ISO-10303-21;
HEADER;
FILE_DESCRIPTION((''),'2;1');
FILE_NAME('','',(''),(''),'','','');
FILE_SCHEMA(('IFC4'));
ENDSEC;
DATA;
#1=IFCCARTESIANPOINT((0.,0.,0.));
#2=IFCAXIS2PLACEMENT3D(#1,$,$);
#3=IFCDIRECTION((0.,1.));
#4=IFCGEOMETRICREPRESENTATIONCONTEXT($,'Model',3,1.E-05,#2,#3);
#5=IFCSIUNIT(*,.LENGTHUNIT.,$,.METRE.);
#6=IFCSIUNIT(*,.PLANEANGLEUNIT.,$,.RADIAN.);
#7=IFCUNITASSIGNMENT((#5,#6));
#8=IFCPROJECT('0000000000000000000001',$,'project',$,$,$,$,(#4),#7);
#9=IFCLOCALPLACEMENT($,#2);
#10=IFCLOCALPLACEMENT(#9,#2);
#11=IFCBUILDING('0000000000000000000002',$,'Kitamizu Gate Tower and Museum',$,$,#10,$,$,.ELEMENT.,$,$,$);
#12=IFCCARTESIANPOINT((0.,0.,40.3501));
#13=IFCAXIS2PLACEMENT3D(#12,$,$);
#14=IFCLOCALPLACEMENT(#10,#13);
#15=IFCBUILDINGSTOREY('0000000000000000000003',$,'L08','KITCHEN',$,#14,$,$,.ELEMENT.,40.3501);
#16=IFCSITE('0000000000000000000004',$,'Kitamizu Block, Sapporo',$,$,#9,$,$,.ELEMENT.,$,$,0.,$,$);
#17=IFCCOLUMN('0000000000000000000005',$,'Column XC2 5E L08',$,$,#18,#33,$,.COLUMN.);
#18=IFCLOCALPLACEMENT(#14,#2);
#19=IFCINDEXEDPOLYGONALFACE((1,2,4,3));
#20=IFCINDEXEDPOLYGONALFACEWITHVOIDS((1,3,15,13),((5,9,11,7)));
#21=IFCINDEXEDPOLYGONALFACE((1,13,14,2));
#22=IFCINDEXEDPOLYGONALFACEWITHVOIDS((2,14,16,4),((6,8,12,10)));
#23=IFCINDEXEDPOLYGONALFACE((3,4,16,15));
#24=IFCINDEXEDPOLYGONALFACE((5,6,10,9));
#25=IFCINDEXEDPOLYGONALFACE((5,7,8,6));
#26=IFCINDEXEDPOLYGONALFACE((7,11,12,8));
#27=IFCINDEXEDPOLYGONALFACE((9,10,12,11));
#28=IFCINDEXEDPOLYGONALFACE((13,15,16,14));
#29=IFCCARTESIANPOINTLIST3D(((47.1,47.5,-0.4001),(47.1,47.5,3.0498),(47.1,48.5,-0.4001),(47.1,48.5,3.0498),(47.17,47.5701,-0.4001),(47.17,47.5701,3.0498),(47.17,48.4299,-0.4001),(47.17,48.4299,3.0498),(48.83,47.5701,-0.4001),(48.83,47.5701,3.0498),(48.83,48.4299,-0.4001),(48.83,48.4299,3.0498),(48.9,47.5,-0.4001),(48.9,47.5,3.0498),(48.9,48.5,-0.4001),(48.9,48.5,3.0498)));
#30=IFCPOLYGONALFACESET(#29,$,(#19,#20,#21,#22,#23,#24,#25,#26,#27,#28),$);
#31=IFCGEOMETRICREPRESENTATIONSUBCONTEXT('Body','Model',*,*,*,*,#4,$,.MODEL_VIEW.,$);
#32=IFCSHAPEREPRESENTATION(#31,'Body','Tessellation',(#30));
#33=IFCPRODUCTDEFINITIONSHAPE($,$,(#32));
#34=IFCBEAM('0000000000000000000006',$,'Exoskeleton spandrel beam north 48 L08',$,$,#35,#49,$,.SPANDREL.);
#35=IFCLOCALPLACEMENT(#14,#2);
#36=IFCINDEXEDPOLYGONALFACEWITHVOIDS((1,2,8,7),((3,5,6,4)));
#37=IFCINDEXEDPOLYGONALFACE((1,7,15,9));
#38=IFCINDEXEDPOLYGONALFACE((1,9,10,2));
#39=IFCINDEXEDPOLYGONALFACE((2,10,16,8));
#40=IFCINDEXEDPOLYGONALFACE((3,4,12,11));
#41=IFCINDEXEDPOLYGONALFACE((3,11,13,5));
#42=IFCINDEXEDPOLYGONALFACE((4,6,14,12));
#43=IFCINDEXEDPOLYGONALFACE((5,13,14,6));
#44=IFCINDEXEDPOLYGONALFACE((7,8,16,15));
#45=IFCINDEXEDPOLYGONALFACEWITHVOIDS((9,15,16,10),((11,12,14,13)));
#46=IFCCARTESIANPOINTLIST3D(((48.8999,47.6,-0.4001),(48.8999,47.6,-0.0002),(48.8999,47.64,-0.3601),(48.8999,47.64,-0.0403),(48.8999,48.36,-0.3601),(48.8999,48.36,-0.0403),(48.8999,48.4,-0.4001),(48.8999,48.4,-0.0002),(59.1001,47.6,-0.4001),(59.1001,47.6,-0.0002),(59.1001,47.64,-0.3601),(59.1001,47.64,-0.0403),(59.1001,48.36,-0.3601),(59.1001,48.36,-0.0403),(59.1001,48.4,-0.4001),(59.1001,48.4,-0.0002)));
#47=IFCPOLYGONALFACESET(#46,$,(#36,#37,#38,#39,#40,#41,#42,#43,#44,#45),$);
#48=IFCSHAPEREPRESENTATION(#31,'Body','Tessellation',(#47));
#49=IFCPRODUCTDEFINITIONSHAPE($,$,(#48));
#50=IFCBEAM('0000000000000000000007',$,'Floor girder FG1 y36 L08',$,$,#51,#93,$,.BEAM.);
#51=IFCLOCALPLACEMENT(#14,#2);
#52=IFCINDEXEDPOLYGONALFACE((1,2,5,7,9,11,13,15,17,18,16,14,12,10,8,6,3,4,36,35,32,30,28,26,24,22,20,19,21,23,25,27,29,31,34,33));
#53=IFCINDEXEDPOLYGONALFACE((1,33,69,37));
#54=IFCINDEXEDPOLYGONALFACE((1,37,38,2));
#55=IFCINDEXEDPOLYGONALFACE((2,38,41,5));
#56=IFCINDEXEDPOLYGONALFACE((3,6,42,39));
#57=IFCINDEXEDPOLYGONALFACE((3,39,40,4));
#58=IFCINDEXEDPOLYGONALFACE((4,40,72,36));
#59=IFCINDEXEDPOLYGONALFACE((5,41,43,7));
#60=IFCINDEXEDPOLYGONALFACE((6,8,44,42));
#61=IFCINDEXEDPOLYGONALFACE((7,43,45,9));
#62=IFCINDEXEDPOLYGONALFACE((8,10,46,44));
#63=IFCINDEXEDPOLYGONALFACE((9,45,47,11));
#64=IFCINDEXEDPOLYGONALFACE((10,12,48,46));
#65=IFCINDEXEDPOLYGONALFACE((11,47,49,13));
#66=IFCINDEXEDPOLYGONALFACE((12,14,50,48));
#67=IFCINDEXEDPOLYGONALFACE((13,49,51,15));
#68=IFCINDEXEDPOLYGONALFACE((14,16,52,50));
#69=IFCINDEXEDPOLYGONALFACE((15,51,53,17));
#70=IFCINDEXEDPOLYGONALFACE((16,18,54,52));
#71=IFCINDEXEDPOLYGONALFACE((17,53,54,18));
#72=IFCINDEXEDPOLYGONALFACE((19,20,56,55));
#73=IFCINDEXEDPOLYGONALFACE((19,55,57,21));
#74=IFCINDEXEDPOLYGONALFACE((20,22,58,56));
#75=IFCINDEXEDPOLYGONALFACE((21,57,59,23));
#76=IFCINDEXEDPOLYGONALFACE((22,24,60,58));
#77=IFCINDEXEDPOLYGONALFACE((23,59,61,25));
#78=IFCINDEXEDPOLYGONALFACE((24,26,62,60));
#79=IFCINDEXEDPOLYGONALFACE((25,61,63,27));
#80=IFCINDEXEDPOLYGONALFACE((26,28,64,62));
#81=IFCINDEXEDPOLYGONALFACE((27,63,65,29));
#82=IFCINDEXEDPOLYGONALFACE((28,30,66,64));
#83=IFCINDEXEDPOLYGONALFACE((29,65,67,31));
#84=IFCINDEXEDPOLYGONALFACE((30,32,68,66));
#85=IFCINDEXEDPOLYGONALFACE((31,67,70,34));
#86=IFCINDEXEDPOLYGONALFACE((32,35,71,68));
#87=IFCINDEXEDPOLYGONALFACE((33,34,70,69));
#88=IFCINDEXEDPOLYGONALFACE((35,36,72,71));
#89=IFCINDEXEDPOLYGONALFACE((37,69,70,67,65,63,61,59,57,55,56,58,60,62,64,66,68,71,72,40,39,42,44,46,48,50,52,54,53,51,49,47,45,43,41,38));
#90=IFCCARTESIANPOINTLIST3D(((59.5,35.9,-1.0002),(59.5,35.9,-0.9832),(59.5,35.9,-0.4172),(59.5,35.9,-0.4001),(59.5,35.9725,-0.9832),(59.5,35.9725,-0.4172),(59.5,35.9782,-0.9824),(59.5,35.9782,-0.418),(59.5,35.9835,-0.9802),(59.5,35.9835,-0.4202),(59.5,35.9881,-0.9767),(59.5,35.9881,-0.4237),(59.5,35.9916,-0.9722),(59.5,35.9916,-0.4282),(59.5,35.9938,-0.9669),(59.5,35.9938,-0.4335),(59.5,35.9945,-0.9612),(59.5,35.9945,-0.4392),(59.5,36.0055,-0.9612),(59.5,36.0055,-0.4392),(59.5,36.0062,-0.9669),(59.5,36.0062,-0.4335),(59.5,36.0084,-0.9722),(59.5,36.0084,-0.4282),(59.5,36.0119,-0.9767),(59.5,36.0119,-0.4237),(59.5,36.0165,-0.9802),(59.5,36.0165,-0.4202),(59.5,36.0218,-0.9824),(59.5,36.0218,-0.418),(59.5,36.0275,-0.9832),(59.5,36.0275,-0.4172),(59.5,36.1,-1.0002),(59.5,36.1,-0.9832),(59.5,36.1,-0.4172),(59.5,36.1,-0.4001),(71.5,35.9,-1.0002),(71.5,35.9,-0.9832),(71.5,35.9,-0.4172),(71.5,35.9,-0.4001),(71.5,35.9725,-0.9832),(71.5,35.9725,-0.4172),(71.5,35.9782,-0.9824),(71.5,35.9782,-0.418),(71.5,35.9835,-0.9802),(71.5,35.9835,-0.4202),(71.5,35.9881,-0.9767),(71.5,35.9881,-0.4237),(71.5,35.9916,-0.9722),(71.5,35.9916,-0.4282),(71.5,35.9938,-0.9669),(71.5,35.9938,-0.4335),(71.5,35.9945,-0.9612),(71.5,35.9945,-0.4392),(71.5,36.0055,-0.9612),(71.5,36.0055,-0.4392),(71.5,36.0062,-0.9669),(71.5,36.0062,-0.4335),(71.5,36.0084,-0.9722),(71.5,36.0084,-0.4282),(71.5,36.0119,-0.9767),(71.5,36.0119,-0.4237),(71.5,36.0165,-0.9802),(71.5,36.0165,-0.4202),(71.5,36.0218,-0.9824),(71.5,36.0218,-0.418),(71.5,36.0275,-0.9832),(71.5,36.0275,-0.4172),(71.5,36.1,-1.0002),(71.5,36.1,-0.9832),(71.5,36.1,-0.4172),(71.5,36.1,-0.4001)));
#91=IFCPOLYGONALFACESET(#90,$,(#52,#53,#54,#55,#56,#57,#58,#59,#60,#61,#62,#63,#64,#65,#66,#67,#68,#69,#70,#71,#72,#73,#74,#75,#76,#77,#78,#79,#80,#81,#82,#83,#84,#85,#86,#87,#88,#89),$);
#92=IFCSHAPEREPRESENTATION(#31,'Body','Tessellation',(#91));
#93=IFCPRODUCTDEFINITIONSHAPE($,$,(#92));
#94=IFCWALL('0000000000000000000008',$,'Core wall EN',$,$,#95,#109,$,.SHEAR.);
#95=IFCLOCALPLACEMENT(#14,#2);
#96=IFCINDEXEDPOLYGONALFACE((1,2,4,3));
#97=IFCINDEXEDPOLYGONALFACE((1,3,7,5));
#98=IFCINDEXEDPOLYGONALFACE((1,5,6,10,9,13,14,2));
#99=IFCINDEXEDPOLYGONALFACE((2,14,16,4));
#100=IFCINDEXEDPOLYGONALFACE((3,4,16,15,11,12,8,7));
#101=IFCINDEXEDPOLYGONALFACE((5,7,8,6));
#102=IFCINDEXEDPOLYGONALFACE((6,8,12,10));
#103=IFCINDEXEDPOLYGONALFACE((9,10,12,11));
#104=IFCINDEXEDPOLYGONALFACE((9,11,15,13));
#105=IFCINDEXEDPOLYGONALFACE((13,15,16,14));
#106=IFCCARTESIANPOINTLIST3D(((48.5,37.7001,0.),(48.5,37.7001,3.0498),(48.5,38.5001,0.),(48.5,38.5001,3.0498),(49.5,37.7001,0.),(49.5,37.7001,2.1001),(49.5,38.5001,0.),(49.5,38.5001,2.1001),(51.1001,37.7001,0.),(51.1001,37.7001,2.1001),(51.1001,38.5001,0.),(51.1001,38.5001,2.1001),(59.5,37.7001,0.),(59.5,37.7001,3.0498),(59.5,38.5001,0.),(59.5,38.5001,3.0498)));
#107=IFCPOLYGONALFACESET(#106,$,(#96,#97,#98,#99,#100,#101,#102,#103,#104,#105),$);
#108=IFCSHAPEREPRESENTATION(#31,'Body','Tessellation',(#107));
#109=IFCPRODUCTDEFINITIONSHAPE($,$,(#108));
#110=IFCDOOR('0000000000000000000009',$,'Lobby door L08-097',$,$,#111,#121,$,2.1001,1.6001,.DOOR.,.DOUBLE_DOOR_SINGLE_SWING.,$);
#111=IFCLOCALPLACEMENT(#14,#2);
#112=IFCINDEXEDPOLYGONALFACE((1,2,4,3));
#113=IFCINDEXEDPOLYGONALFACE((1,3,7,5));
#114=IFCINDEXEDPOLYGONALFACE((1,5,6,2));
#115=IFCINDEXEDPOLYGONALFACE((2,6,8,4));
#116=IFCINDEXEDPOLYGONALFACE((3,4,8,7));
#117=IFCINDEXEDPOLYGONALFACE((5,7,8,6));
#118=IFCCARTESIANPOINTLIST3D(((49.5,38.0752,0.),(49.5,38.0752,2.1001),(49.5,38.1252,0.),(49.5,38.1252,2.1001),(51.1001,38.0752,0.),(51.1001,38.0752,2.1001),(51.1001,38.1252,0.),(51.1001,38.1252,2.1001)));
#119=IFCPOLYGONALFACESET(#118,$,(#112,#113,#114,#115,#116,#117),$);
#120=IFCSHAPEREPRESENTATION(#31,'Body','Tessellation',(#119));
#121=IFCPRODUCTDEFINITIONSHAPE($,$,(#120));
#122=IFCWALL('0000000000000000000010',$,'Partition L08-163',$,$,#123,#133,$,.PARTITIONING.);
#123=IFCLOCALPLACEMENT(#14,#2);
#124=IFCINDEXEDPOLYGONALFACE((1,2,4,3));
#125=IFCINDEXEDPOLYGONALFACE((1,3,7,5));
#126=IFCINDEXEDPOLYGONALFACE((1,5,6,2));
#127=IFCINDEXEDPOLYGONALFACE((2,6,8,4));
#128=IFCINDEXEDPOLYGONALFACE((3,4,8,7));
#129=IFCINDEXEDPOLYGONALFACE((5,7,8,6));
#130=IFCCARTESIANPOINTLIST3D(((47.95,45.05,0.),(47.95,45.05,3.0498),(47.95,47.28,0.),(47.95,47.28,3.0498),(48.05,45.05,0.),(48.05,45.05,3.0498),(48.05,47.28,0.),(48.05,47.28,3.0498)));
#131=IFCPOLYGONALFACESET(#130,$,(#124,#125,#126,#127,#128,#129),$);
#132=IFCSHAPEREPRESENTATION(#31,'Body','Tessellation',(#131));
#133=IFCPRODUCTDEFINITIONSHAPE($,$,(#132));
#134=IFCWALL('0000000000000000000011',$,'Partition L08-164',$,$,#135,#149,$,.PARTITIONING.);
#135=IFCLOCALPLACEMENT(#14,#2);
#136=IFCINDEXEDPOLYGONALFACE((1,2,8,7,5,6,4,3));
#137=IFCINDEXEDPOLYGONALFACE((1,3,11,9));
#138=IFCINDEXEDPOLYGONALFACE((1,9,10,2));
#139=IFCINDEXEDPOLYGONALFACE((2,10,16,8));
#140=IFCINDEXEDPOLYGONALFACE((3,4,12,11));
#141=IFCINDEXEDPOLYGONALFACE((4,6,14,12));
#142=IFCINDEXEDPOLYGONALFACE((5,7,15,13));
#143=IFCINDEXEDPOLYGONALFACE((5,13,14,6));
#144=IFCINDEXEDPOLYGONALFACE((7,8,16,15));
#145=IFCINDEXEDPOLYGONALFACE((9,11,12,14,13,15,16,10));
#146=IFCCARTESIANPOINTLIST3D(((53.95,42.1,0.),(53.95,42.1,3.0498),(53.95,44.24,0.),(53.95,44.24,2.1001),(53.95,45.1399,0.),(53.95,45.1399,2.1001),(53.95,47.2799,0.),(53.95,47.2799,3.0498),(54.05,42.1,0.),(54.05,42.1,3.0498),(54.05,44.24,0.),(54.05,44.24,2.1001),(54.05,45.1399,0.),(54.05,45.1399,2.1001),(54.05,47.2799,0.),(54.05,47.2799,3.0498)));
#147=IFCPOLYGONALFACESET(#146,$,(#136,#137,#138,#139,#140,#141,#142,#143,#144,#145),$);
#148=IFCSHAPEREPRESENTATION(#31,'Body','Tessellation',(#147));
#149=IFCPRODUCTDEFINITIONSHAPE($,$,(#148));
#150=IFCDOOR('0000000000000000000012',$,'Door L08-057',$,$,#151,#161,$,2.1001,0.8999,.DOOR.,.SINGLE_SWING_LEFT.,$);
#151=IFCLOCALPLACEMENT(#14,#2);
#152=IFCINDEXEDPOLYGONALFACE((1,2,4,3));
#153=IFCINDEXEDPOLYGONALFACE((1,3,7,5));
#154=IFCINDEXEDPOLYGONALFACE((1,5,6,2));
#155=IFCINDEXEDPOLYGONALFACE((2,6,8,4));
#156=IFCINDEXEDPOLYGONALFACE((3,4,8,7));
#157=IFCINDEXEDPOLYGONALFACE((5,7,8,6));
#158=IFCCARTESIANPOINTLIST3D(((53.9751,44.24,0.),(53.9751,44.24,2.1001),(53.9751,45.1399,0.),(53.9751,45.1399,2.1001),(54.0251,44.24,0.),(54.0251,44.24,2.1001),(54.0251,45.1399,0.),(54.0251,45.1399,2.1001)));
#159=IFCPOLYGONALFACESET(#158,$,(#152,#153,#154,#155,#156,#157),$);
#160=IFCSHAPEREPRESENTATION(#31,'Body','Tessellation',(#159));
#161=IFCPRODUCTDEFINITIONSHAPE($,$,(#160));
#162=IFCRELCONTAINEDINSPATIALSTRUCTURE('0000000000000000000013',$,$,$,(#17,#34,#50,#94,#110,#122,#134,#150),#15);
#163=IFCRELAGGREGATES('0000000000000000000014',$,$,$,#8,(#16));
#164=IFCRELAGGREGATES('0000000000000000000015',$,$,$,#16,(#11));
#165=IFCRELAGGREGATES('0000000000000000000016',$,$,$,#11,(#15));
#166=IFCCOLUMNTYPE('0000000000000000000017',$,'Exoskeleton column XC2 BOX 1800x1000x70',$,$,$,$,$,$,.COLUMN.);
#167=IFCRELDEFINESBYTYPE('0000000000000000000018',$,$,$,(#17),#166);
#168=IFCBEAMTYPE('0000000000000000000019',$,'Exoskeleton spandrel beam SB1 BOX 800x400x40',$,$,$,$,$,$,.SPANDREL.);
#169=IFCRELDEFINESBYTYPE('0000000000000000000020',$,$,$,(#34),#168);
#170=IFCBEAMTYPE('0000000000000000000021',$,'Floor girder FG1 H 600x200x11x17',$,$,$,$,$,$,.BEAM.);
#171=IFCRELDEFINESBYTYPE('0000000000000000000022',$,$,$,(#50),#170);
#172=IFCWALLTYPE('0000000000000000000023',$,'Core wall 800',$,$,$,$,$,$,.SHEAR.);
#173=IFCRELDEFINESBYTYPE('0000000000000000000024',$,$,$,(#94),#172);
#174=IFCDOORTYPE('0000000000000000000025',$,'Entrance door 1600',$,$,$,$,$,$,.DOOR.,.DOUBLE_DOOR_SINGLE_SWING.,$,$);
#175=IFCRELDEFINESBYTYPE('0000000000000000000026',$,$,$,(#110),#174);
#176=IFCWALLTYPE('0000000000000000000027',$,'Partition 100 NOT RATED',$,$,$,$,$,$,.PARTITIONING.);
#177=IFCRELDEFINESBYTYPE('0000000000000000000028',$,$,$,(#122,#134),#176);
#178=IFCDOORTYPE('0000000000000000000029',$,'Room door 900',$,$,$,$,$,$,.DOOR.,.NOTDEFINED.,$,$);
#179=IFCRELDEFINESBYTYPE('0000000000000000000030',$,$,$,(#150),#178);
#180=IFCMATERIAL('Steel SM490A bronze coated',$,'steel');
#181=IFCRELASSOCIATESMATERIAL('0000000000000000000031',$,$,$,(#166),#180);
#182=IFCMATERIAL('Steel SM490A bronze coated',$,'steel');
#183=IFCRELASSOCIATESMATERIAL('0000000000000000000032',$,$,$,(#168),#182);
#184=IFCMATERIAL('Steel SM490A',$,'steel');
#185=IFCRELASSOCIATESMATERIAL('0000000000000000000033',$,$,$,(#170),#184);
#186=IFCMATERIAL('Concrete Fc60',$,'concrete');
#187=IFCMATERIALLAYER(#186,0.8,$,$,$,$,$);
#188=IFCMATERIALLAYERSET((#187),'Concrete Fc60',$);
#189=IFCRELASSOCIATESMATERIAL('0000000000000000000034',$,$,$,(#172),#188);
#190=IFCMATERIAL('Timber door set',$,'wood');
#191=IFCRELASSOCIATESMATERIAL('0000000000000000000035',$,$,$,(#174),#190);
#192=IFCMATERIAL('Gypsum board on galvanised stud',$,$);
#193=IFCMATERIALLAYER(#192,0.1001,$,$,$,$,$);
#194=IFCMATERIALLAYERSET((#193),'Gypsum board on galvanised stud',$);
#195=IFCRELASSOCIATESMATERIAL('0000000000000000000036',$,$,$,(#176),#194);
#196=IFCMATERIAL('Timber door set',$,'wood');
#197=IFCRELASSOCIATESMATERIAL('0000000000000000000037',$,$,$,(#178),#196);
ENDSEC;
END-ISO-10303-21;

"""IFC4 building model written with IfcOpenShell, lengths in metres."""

from ifc_helpers import new_model, si_unit, direction, frame, frame_2d, origin, origin_2d, place, context, subcontext, project, spatial, rectangle, hollow_rectangle, i_section, extrude, material, layer, layer_set, material_profile, profile_set, type_object, element, fill, save


model = new_model("IFC4")

# Units and contexts
model_context = context("Model", 3, precision=1e-05, world=origin(), true_north=direction((0.0, 1.0)))
body_context = subcontext(model_context, "Body", "Model", "MODEL_VIEW")
ifc_project = project(units=[si_unit("LENGTHUNIT", "METRE"), si_unit("PLANEANGLEUNIT", "RADIAN")], contexts=[model_context])

# Site, building, storey
site_placement = place(None, origin())
site = spatial("IfcSite", under=ifc_project, at=site_placement, Name="Kitamizu Block, Sapporo", CompositionType="ELEMENT", RefElevation=0.0)
building_placement = place(site_placement, origin())
building = spatial("IfcBuilding", under=site, at=building_placement, Name="Kitamizu Gate Tower and Museum", CompositionType="ELEMENT")
storey_placement = place(building_placement, frame((0.0, 0.0, 40.3501)))
storey = spatial("IfcBuildingStorey", under=building, at=storey_placement, Name="L08", Description="KITCHEN", CompositionType="ELEMENT", Elevation=40.3501)

# Column
ifc_material_1 = material(Name="Steel SM490A bronze coated", Category="steel")
ifc_material_profile_1 = material_profile(ifc_material_1, hollow_rectangle(XDim=1.8, YDim=1.0, WallThickness=0.0701, at=origin_2d()), Name="BOX 1800x1000x70")
ifc_profile_set_1 = profile_set([ifc_material_profile_1], Name="Steel SM490A bronze coated")
column_type = type_object("IfcColumnType", Name="Exoskeleton column XC2 BOX 1800x1000x70", PredefinedType="COLUMN", material=ifc_profile_set_1)
column_placement = place(storey_placement, frame((48.0, 48.0, -0.4001), z_axis=(0.0, 0.0, 1.0), x_axis=(1.0, 0.0, 0.0)))
element("IfcColumn", 1, at=column_placement, inside=storey, type_object=column_type, Name="Column XC2 5E L08", PredefinedType="COLUMN", context=body_context, shape_type="SweptSolid", body=[
    extrude(hollow_rectangle(XDim=1.8, YDim=1.0, WallThickness=0.0701, at=origin_2d()), origin(), (0.0, 0.0, 1.0), 3.45),
])

# Beams
ifc_material_2 = material(Name="Steel SM490A bronze coated", Category="steel")
ifc_material_profile_2 = material_profile(ifc_material_2, hollow_rectangle(XDim=0.8, YDim=0.3999, WallThickness=0.04, at=origin_2d()), Name="BOX 800x400x40")
ifc_profile_set_2 = profile_set([ifc_material_profile_2], Name="Steel SM490A bronze coated")
beam_type_1 = type_object("IfcBeamType", Name="Exoskeleton spandrel beam SB1 BOX 800x400x40", PredefinedType="SPANDREL", material=ifc_profile_set_2)
beam_1_placement = place(storey_placement, frame((48.8999, 48.0, -0.2002), z_axis=(1.0, 0.0, 0.0), x_axis=(0.0, 1.0, 0.0)))
element("IfcBeam", 2, at=beam_1_placement, inside=storey, type_object=beam_type_1, Name="Exoskeleton spandrel beam north 48 L08", PredefinedType="SPANDREL", context=body_context, shape_type="SweptSolid", body=[
    extrude(hollow_rectangle(XDim=0.8, YDim=0.3999, WallThickness=0.04, at=origin_2d()), origin(), (0.0, 0.0, 1.0), 10.2002),
])
ifc_material_3 = material(Name="Steel SM490A", Category="steel")
ifc_material_profile_3 = material_profile(ifc_material_3, i_section(OverallWidth=0.2, OverallDepth=0.6001, WebThickness=0.011, FlangeThickness=0.0171, FilletRadius=0.022, at=origin_2d()), Name="H-600x200x11x17")
ifc_profile_set_3 = profile_set([ifc_material_profile_3], Name="Steel SM490A")
beam_type_2 = type_object("IfcBeamType", Name="Floor girder FG1 H 600x200x11x17", PredefinedType="BEAM", material=ifc_profile_set_3)
beam_2_placement = place(storey_placement, frame((59.5, 36.0, -0.7002), z_axis=(1.0, 0.0, 0.0), x_axis=(0.0, 1.0, 0.0)))
element("IfcBeam", 3, at=beam_2_placement, inside=storey, type_object=beam_type_2, Name="Floor girder FG1 y36 L08", PredefinedType="BEAM", context=body_context, shape_type="SweptSolid", body=[
    extrude(i_section(OverallWidth=0.2, OverallDepth=0.6001, WebThickness=0.011, FlangeThickness=0.0171, FilletRadius=0.022, at=origin_2d()), origin(), (0.0, 0.0, 1.0), 12.0),
])

# Wall, opening, door
ifc_material_4 = material(Name="Concrete Fc60", Category="concrete")
ifc_layer_1 = layer(ifc_material_4, 0.8)
ifc_layer_set_1 = layer_set([ifc_layer_1], Name="Concrete Fc60")
wall_type_1 = type_object("IfcWallType", Name="Core wall 800", PredefinedType="SHEAR", material=ifc_layer_set_1)
wall_1_placement = place(storey_placement, frame((59.5, 38.1001, 0.0), z_axis=(0.0, 0.0, 1.0), x_axis=(-1.0, 0.0, 0.0)))
wall_1 = element("IfcWall", 4, at=wall_1_placement, inside=storey, type_object=wall_type_1, Name="Core wall EN", PredefinedType="SHEAR", context=body_context, shape_type="SweptSolid", body=[
    extrude(rectangle(XDim=11.0, YDim=0.8, at=frame_2d((5.5, 0.0))), origin(), (0.0, 0.0, 1.0), 3.0498),
])
opening_1_placement = place(wall_1_placement, frame((8.3999, 0.0, 0.0)))
opening_1 = element("IfcOpeningElement", 5, at=opening_1_placement, cuts=wall_1, PredefinedType="OPENING", context=body_context, shape_type="SweptSolid", body=[
    extrude(rectangle(XDim=1.6001, YDim=2.1001, at=frame_2d((0.8, 1.05))), frame((0.0, 0.4102, 0.0), z_axis=(0.0, -1.0, 0.0), x_axis=(1.0, 0.0, 0.0)), (0.0, 0.0, 1.0), 0.8201),
])
ifc_material_5 = material(Name="Timber door set", Category="wood")
door_type_1 = type_object("IfcDoorType", Name="Entrance door 1600", OperationType="DOUBLE_DOOR_SINGLE_SWING", PredefinedType="DOOR", material=ifc_material_5)
door_1_placement = place(opening_1_placement, origin())
door_1 = element("IfcDoor", 6, at=door_1_placement, inside=storey, type_object=door_type_1, Name="Lobby door L08-097", OperationType="DOUBLE_DOOR_SINGLE_SWING", OverallHeight=2.1001, OverallWidth=1.6001, PredefinedType="DOOR", context=body_context, shape_type="SweptSolid", body=[
    extrude(rectangle(XDim=1.6001, YDim=2.1001, at=frame_2d((0.8, 1.05))), frame((0.0, 0.0249, 0.0), z_axis=(0.0, -1.0, 0.0), x_axis=(1.0, 0.0, 0.0)), (0.0, 0.0, 1.0), 0.05),
])
fill(opening_1, door_1)

# Wall
ifc_material_6 = material(Name="Gypsum board on galvanised stud")
ifc_layer_2 = layer(ifc_material_6, 0.1001)
ifc_layer_set_2 = layer_set([ifc_layer_2], Name="Gypsum board on galvanised stud")
wall_type_2 = type_object("IfcWallType", Name="Partition 100 NOT RATED", PredefinedType="PARTITIONING", material=ifc_layer_set_2)
wall_2_placement = place(storey_placement, frame((48.0, 45.05, 0.0), z_axis=(0.0, 0.0, 1.0), x_axis=(0.0, 1.0, 0.0)))
element("IfcWall", 7, at=wall_2_placement, inside=storey, type_object=wall_type_2, Name="Partition L08-163", PredefinedType="PARTITIONING", context=body_context, shape_type="SweptSolid", body=[
    extrude(rectangle(XDim=2.23, YDim=0.1001, at=frame_2d((1.115, 0.0))), origin(), (0.0, 0.0, 1.0), 3.0498),
])

# Wall, opening, door
wall_3_placement = place(storey_placement, frame((54.0, 42.1001, 0.0), z_axis=(0.0, 0.0, 1.0), x_axis=(0.0, 1.0, 0.0)))
wall_3 = element("IfcWall", 8, at=wall_3_placement, inside=storey, type_object=wall_type_2, Name="Partition L08-164", PredefinedType="PARTITIONING", context=body_context, shape_type="SweptSolid", body=[
    extrude(rectangle(XDim=5.1799, YDim=0.1001, at=frame_2d((2.5898, 0.0))), origin(), (0.0, 0.0, 1.0), 3.0498),
])
opening_2_placement = place(wall_3_placement, frame((2.1399, 0.0, 0.0)))
opening_2 = element("IfcOpeningElement", 9, at=opening_2_placement, cuts=wall_3, PredefinedType="OPENING", context=body_context, shape_type="SweptSolid", body=[
    extrude(rectangle(XDim=0.8999, YDim=2.1001, at=frame_2d((0.45, 1.05))), frame((0.0, 0.0601, 0.0), z_axis=(0.0, -1.0, 0.0), x_axis=(1.0, 0.0, 0.0)), (0.0, 0.0, 1.0), 0.1201),
])
ifc_material_7 = material(Name="Timber door set", Category="wood")
door_type_2 = type_object("IfcDoorType", Name="Room door 900", OperationType="NOTDEFINED", PredefinedType="DOOR", material=ifc_material_7)
door_2_placement = place(opening_2_placement, origin())
door_2 = element("IfcDoor", 10, at=door_2_placement, inside=storey, type_object=door_type_2, Name="Door L08-057", OperationType="SINGLE_SWING_LEFT", OverallHeight=2.1001, OverallWidth=0.8999, PredefinedType="DOOR", context=body_context, shape_type="SweptSolid", body=[
    extrude(rectangle(XDim=0.8999, YDim=2.1001, at=frame_2d((0.45, 1.05))), frame((0.0, 0.0249, 0.0), z_axis=(0.0, -1.0, 0.0), x_axis=(1.0, 0.0, 0.0)), (0.0, 0.0, 1.0), 0.05),
])
fill(opening_2, door_2)

save(model, "model.ifc")
